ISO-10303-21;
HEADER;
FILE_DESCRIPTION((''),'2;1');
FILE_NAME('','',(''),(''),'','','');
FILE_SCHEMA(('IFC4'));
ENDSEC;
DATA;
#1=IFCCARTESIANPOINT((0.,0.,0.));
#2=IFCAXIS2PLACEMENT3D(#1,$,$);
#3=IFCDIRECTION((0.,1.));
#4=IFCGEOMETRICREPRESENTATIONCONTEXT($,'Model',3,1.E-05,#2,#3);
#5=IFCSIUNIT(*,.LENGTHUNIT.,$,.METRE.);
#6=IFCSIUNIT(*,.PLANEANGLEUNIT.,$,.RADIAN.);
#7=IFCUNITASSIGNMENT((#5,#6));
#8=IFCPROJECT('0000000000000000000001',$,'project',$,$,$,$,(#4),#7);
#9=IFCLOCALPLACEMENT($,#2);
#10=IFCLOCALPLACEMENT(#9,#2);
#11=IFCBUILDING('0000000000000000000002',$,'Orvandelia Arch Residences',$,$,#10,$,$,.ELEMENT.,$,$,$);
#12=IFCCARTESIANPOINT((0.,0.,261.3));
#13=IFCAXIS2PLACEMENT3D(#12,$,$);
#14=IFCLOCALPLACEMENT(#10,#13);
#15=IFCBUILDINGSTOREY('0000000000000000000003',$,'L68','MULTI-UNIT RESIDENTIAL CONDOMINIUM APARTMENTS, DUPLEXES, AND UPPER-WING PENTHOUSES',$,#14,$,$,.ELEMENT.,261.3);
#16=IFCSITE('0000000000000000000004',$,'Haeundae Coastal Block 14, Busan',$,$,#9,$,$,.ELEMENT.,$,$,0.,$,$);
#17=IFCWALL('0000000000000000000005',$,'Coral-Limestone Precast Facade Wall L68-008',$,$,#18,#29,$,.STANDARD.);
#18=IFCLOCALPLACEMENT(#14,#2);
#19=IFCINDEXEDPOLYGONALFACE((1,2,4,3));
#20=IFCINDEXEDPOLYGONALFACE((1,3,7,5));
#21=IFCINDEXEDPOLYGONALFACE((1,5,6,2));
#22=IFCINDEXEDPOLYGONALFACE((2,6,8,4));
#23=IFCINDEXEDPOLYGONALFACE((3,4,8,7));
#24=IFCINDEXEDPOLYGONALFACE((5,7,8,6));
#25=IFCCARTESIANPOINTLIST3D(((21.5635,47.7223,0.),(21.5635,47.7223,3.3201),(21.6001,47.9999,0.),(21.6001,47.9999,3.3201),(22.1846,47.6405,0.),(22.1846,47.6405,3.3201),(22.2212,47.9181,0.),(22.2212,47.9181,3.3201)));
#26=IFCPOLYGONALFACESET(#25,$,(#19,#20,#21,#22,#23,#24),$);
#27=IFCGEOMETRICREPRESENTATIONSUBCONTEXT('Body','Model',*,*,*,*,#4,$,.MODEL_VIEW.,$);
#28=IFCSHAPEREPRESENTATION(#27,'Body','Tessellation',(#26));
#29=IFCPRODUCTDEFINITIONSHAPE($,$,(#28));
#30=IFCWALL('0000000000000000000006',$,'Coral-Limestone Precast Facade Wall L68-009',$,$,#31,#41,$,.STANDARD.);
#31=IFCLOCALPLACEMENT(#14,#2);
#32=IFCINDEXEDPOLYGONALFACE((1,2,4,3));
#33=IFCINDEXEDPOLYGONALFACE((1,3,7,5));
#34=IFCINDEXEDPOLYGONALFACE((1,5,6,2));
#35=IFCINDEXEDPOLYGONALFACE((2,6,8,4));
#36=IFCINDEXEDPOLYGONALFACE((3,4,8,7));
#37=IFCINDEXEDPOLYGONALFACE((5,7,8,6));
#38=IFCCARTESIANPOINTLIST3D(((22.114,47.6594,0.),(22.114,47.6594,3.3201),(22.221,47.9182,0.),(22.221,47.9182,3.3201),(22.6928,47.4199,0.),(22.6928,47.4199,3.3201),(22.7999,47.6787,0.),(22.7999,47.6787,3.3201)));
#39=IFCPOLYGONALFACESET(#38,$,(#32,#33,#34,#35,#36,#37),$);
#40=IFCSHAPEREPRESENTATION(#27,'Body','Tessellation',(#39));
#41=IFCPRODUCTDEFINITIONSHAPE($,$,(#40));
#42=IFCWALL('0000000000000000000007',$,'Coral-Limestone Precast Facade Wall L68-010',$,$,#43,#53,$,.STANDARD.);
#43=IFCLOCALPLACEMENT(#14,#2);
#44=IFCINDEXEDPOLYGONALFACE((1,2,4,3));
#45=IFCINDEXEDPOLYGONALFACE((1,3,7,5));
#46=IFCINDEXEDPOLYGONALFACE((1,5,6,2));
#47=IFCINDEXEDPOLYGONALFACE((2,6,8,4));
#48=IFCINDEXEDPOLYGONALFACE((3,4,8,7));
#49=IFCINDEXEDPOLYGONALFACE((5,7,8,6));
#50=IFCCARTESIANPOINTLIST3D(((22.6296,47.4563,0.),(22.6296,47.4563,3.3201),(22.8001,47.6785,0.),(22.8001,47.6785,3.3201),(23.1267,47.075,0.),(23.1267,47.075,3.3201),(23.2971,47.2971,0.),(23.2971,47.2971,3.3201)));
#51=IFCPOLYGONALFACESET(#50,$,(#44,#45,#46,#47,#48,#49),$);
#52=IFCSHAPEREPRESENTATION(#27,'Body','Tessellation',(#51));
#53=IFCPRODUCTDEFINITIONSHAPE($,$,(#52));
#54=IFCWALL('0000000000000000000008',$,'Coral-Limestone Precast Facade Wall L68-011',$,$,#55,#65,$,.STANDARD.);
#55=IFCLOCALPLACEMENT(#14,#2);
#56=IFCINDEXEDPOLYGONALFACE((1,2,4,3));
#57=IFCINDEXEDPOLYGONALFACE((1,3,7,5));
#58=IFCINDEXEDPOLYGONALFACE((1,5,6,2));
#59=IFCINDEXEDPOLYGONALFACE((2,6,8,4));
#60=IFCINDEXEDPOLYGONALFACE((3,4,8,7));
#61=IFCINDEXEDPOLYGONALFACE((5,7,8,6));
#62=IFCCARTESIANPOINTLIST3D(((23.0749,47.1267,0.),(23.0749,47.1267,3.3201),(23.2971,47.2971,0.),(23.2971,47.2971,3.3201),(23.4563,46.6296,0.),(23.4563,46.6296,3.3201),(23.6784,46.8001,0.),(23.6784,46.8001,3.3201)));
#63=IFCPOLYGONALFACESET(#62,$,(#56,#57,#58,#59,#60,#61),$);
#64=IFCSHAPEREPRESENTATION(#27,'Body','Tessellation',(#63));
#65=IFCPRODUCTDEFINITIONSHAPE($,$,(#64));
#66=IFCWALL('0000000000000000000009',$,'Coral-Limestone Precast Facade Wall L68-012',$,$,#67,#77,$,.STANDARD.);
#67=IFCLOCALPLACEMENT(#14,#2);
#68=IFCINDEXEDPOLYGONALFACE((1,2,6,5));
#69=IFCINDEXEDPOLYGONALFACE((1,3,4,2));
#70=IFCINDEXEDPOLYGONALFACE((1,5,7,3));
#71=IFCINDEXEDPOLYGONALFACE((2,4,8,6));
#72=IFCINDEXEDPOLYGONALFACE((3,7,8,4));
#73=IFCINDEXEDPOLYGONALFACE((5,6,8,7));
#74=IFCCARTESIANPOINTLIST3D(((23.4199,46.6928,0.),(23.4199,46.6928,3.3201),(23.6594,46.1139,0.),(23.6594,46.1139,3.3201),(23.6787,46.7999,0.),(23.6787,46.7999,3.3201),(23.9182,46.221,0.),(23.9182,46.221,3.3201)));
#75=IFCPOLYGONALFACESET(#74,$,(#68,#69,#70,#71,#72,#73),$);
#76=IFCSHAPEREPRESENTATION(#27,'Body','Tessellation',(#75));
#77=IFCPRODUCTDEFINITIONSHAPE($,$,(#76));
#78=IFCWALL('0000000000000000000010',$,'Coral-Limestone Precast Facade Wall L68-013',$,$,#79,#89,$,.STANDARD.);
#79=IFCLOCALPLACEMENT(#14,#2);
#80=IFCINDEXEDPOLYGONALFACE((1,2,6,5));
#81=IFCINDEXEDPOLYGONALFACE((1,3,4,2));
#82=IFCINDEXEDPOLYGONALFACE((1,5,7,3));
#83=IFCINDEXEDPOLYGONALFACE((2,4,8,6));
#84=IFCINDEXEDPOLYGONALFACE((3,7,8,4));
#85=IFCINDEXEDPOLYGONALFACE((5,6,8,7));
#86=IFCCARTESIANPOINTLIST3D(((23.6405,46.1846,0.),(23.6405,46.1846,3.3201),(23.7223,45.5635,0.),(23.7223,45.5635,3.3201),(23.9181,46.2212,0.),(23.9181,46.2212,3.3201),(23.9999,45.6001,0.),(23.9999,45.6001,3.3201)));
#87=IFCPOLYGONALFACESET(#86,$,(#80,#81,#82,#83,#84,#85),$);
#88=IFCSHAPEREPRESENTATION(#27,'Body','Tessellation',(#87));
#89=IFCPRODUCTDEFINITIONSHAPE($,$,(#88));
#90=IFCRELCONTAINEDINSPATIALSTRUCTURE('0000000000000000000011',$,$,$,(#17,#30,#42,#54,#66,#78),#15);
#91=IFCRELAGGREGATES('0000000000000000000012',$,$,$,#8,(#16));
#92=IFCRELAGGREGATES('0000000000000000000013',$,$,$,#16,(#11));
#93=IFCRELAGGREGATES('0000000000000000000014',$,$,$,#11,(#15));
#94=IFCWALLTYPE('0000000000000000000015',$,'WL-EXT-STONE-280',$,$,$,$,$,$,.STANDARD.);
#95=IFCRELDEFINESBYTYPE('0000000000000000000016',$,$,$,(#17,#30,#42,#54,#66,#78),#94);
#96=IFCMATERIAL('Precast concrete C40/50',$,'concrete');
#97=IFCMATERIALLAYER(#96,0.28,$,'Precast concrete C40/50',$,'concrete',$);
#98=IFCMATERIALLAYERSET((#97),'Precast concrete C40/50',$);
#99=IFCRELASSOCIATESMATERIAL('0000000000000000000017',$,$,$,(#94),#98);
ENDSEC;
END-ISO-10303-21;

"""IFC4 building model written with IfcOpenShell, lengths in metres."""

from ifc_helpers import new_model, si_unit, direction, frame, frame_2d, origin, place, context, subcontext, project, spatial, rectangle, extrude, material, layer, layer_set, type_object, element, save


model = new_model("IFC4")

# Units and contexts
model_context = context("Model", 3, precision=1e-05, world=origin(), true_north=direction((0.0, 1.0)))
body_context = subcontext(model_context, "Body", "Model", "MODEL_VIEW")
ifc_project = project(units=[si_unit("LENGTHUNIT", "METRE"), si_unit("PLANEANGLEUNIT", "RADIAN")], contexts=[model_context])

# Site, building, storey
site_placement = place(None, origin())
site = spatial("IfcSite", under=ifc_project, at=site_placement, Name="Haeundae Coastal Block 14, Busan", CompositionType="ELEMENT", RefElevation=0.0)
building_placement = place(site_placement, origin())
building = spatial("IfcBuilding", under=site, at=building_placement, Name="Orvandelia Arch Residences", CompositionType="ELEMENT")
storey_placement = place(building_placement, frame((0.0, 0.0, 261.3)))
storey = spatial("IfcBuildingStorey", under=building, at=storey_placement, Name="L68", Description="MULTI-UNIT RESIDENTIAL CONDOMINIUM APARTMENTS, DUPLEXES, AND UPPER-WING PENTHOUSES", CompositionType="ELEMENT", Elevation=261.3)

# Walls
ifc_material_1 = material(Name="Precast concrete C40/50", Category="concrete")
ifc_layer_1 = layer(ifc_material_1, 0.28, Name="Precast concrete C40/50", Category="concrete")
ifc_layer_set_1 = layer_set([ifc_layer_1], Name="Precast concrete C40/50")
wall_type_1 = type_object("IfcWallType", Name="WL-EXT-STONE-280", PredefinedType="STANDARD", material=ifc_layer_set_1)
for number, where, z_axis, x_axis, name in (
    (1, (21.5818, 47.8611, 0.0), (0.0, 0.0, 1.0), (0.991441, -0.130555, 0.0), "Coral-Limestone Precast Facade Wall L68-008"),
    (2, (22.1675, 47.7888, 0.0), (0.0, 0.0, 1.0), (0.924031, -0.382317, 0.0), "Coral-Limestone Precast Facade Wall L68-009"),
    (3, (22.7148, 47.5674, 0.0), (0.0, 0.0, 1.0), (0.793406, -0.608693, 0.0), "Coral-Limestone Precast Facade Wall L68-010"),
    (4, (23.186, 47.2119, 0.0), (0.0, 0.0, 1.0), (0.608693, -0.793406, 0.0), "Coral-Limestone Precast Facade Wall L68-011"),
    (5, (23.5493, 46.7463, 0.0), (0.0, 0.0, 1.0), (0.382317, -0.924031, 0.0), "Coral-Limestone Precast Facade Wall L68-012"),
    (6, (23.7793, 46.2029, 0.0), (0.0, 0.0, 1.0), (0.130555, -0.991441, 0.0), "Coral-Limestone Precast Facade Wall L68-013"),
):
    element("IfcWall", number, at=place(storey_placement, frame(where, z_axis=z_axis, x_axis=x_axis)), inside=storey, type_object=wall_type_1, Name=name, PredefinedType="STANDARD", context=body_context, shape_type="SweptSolid", body=[
        extrude(rectangle(XDim=0.6265, YDim=0.28, at=frame_2d((0.3132, 0.0))), origin(), (0.0, 0.0, 1.0), 3.3201),
    ])

save(model, "model.ifc")
